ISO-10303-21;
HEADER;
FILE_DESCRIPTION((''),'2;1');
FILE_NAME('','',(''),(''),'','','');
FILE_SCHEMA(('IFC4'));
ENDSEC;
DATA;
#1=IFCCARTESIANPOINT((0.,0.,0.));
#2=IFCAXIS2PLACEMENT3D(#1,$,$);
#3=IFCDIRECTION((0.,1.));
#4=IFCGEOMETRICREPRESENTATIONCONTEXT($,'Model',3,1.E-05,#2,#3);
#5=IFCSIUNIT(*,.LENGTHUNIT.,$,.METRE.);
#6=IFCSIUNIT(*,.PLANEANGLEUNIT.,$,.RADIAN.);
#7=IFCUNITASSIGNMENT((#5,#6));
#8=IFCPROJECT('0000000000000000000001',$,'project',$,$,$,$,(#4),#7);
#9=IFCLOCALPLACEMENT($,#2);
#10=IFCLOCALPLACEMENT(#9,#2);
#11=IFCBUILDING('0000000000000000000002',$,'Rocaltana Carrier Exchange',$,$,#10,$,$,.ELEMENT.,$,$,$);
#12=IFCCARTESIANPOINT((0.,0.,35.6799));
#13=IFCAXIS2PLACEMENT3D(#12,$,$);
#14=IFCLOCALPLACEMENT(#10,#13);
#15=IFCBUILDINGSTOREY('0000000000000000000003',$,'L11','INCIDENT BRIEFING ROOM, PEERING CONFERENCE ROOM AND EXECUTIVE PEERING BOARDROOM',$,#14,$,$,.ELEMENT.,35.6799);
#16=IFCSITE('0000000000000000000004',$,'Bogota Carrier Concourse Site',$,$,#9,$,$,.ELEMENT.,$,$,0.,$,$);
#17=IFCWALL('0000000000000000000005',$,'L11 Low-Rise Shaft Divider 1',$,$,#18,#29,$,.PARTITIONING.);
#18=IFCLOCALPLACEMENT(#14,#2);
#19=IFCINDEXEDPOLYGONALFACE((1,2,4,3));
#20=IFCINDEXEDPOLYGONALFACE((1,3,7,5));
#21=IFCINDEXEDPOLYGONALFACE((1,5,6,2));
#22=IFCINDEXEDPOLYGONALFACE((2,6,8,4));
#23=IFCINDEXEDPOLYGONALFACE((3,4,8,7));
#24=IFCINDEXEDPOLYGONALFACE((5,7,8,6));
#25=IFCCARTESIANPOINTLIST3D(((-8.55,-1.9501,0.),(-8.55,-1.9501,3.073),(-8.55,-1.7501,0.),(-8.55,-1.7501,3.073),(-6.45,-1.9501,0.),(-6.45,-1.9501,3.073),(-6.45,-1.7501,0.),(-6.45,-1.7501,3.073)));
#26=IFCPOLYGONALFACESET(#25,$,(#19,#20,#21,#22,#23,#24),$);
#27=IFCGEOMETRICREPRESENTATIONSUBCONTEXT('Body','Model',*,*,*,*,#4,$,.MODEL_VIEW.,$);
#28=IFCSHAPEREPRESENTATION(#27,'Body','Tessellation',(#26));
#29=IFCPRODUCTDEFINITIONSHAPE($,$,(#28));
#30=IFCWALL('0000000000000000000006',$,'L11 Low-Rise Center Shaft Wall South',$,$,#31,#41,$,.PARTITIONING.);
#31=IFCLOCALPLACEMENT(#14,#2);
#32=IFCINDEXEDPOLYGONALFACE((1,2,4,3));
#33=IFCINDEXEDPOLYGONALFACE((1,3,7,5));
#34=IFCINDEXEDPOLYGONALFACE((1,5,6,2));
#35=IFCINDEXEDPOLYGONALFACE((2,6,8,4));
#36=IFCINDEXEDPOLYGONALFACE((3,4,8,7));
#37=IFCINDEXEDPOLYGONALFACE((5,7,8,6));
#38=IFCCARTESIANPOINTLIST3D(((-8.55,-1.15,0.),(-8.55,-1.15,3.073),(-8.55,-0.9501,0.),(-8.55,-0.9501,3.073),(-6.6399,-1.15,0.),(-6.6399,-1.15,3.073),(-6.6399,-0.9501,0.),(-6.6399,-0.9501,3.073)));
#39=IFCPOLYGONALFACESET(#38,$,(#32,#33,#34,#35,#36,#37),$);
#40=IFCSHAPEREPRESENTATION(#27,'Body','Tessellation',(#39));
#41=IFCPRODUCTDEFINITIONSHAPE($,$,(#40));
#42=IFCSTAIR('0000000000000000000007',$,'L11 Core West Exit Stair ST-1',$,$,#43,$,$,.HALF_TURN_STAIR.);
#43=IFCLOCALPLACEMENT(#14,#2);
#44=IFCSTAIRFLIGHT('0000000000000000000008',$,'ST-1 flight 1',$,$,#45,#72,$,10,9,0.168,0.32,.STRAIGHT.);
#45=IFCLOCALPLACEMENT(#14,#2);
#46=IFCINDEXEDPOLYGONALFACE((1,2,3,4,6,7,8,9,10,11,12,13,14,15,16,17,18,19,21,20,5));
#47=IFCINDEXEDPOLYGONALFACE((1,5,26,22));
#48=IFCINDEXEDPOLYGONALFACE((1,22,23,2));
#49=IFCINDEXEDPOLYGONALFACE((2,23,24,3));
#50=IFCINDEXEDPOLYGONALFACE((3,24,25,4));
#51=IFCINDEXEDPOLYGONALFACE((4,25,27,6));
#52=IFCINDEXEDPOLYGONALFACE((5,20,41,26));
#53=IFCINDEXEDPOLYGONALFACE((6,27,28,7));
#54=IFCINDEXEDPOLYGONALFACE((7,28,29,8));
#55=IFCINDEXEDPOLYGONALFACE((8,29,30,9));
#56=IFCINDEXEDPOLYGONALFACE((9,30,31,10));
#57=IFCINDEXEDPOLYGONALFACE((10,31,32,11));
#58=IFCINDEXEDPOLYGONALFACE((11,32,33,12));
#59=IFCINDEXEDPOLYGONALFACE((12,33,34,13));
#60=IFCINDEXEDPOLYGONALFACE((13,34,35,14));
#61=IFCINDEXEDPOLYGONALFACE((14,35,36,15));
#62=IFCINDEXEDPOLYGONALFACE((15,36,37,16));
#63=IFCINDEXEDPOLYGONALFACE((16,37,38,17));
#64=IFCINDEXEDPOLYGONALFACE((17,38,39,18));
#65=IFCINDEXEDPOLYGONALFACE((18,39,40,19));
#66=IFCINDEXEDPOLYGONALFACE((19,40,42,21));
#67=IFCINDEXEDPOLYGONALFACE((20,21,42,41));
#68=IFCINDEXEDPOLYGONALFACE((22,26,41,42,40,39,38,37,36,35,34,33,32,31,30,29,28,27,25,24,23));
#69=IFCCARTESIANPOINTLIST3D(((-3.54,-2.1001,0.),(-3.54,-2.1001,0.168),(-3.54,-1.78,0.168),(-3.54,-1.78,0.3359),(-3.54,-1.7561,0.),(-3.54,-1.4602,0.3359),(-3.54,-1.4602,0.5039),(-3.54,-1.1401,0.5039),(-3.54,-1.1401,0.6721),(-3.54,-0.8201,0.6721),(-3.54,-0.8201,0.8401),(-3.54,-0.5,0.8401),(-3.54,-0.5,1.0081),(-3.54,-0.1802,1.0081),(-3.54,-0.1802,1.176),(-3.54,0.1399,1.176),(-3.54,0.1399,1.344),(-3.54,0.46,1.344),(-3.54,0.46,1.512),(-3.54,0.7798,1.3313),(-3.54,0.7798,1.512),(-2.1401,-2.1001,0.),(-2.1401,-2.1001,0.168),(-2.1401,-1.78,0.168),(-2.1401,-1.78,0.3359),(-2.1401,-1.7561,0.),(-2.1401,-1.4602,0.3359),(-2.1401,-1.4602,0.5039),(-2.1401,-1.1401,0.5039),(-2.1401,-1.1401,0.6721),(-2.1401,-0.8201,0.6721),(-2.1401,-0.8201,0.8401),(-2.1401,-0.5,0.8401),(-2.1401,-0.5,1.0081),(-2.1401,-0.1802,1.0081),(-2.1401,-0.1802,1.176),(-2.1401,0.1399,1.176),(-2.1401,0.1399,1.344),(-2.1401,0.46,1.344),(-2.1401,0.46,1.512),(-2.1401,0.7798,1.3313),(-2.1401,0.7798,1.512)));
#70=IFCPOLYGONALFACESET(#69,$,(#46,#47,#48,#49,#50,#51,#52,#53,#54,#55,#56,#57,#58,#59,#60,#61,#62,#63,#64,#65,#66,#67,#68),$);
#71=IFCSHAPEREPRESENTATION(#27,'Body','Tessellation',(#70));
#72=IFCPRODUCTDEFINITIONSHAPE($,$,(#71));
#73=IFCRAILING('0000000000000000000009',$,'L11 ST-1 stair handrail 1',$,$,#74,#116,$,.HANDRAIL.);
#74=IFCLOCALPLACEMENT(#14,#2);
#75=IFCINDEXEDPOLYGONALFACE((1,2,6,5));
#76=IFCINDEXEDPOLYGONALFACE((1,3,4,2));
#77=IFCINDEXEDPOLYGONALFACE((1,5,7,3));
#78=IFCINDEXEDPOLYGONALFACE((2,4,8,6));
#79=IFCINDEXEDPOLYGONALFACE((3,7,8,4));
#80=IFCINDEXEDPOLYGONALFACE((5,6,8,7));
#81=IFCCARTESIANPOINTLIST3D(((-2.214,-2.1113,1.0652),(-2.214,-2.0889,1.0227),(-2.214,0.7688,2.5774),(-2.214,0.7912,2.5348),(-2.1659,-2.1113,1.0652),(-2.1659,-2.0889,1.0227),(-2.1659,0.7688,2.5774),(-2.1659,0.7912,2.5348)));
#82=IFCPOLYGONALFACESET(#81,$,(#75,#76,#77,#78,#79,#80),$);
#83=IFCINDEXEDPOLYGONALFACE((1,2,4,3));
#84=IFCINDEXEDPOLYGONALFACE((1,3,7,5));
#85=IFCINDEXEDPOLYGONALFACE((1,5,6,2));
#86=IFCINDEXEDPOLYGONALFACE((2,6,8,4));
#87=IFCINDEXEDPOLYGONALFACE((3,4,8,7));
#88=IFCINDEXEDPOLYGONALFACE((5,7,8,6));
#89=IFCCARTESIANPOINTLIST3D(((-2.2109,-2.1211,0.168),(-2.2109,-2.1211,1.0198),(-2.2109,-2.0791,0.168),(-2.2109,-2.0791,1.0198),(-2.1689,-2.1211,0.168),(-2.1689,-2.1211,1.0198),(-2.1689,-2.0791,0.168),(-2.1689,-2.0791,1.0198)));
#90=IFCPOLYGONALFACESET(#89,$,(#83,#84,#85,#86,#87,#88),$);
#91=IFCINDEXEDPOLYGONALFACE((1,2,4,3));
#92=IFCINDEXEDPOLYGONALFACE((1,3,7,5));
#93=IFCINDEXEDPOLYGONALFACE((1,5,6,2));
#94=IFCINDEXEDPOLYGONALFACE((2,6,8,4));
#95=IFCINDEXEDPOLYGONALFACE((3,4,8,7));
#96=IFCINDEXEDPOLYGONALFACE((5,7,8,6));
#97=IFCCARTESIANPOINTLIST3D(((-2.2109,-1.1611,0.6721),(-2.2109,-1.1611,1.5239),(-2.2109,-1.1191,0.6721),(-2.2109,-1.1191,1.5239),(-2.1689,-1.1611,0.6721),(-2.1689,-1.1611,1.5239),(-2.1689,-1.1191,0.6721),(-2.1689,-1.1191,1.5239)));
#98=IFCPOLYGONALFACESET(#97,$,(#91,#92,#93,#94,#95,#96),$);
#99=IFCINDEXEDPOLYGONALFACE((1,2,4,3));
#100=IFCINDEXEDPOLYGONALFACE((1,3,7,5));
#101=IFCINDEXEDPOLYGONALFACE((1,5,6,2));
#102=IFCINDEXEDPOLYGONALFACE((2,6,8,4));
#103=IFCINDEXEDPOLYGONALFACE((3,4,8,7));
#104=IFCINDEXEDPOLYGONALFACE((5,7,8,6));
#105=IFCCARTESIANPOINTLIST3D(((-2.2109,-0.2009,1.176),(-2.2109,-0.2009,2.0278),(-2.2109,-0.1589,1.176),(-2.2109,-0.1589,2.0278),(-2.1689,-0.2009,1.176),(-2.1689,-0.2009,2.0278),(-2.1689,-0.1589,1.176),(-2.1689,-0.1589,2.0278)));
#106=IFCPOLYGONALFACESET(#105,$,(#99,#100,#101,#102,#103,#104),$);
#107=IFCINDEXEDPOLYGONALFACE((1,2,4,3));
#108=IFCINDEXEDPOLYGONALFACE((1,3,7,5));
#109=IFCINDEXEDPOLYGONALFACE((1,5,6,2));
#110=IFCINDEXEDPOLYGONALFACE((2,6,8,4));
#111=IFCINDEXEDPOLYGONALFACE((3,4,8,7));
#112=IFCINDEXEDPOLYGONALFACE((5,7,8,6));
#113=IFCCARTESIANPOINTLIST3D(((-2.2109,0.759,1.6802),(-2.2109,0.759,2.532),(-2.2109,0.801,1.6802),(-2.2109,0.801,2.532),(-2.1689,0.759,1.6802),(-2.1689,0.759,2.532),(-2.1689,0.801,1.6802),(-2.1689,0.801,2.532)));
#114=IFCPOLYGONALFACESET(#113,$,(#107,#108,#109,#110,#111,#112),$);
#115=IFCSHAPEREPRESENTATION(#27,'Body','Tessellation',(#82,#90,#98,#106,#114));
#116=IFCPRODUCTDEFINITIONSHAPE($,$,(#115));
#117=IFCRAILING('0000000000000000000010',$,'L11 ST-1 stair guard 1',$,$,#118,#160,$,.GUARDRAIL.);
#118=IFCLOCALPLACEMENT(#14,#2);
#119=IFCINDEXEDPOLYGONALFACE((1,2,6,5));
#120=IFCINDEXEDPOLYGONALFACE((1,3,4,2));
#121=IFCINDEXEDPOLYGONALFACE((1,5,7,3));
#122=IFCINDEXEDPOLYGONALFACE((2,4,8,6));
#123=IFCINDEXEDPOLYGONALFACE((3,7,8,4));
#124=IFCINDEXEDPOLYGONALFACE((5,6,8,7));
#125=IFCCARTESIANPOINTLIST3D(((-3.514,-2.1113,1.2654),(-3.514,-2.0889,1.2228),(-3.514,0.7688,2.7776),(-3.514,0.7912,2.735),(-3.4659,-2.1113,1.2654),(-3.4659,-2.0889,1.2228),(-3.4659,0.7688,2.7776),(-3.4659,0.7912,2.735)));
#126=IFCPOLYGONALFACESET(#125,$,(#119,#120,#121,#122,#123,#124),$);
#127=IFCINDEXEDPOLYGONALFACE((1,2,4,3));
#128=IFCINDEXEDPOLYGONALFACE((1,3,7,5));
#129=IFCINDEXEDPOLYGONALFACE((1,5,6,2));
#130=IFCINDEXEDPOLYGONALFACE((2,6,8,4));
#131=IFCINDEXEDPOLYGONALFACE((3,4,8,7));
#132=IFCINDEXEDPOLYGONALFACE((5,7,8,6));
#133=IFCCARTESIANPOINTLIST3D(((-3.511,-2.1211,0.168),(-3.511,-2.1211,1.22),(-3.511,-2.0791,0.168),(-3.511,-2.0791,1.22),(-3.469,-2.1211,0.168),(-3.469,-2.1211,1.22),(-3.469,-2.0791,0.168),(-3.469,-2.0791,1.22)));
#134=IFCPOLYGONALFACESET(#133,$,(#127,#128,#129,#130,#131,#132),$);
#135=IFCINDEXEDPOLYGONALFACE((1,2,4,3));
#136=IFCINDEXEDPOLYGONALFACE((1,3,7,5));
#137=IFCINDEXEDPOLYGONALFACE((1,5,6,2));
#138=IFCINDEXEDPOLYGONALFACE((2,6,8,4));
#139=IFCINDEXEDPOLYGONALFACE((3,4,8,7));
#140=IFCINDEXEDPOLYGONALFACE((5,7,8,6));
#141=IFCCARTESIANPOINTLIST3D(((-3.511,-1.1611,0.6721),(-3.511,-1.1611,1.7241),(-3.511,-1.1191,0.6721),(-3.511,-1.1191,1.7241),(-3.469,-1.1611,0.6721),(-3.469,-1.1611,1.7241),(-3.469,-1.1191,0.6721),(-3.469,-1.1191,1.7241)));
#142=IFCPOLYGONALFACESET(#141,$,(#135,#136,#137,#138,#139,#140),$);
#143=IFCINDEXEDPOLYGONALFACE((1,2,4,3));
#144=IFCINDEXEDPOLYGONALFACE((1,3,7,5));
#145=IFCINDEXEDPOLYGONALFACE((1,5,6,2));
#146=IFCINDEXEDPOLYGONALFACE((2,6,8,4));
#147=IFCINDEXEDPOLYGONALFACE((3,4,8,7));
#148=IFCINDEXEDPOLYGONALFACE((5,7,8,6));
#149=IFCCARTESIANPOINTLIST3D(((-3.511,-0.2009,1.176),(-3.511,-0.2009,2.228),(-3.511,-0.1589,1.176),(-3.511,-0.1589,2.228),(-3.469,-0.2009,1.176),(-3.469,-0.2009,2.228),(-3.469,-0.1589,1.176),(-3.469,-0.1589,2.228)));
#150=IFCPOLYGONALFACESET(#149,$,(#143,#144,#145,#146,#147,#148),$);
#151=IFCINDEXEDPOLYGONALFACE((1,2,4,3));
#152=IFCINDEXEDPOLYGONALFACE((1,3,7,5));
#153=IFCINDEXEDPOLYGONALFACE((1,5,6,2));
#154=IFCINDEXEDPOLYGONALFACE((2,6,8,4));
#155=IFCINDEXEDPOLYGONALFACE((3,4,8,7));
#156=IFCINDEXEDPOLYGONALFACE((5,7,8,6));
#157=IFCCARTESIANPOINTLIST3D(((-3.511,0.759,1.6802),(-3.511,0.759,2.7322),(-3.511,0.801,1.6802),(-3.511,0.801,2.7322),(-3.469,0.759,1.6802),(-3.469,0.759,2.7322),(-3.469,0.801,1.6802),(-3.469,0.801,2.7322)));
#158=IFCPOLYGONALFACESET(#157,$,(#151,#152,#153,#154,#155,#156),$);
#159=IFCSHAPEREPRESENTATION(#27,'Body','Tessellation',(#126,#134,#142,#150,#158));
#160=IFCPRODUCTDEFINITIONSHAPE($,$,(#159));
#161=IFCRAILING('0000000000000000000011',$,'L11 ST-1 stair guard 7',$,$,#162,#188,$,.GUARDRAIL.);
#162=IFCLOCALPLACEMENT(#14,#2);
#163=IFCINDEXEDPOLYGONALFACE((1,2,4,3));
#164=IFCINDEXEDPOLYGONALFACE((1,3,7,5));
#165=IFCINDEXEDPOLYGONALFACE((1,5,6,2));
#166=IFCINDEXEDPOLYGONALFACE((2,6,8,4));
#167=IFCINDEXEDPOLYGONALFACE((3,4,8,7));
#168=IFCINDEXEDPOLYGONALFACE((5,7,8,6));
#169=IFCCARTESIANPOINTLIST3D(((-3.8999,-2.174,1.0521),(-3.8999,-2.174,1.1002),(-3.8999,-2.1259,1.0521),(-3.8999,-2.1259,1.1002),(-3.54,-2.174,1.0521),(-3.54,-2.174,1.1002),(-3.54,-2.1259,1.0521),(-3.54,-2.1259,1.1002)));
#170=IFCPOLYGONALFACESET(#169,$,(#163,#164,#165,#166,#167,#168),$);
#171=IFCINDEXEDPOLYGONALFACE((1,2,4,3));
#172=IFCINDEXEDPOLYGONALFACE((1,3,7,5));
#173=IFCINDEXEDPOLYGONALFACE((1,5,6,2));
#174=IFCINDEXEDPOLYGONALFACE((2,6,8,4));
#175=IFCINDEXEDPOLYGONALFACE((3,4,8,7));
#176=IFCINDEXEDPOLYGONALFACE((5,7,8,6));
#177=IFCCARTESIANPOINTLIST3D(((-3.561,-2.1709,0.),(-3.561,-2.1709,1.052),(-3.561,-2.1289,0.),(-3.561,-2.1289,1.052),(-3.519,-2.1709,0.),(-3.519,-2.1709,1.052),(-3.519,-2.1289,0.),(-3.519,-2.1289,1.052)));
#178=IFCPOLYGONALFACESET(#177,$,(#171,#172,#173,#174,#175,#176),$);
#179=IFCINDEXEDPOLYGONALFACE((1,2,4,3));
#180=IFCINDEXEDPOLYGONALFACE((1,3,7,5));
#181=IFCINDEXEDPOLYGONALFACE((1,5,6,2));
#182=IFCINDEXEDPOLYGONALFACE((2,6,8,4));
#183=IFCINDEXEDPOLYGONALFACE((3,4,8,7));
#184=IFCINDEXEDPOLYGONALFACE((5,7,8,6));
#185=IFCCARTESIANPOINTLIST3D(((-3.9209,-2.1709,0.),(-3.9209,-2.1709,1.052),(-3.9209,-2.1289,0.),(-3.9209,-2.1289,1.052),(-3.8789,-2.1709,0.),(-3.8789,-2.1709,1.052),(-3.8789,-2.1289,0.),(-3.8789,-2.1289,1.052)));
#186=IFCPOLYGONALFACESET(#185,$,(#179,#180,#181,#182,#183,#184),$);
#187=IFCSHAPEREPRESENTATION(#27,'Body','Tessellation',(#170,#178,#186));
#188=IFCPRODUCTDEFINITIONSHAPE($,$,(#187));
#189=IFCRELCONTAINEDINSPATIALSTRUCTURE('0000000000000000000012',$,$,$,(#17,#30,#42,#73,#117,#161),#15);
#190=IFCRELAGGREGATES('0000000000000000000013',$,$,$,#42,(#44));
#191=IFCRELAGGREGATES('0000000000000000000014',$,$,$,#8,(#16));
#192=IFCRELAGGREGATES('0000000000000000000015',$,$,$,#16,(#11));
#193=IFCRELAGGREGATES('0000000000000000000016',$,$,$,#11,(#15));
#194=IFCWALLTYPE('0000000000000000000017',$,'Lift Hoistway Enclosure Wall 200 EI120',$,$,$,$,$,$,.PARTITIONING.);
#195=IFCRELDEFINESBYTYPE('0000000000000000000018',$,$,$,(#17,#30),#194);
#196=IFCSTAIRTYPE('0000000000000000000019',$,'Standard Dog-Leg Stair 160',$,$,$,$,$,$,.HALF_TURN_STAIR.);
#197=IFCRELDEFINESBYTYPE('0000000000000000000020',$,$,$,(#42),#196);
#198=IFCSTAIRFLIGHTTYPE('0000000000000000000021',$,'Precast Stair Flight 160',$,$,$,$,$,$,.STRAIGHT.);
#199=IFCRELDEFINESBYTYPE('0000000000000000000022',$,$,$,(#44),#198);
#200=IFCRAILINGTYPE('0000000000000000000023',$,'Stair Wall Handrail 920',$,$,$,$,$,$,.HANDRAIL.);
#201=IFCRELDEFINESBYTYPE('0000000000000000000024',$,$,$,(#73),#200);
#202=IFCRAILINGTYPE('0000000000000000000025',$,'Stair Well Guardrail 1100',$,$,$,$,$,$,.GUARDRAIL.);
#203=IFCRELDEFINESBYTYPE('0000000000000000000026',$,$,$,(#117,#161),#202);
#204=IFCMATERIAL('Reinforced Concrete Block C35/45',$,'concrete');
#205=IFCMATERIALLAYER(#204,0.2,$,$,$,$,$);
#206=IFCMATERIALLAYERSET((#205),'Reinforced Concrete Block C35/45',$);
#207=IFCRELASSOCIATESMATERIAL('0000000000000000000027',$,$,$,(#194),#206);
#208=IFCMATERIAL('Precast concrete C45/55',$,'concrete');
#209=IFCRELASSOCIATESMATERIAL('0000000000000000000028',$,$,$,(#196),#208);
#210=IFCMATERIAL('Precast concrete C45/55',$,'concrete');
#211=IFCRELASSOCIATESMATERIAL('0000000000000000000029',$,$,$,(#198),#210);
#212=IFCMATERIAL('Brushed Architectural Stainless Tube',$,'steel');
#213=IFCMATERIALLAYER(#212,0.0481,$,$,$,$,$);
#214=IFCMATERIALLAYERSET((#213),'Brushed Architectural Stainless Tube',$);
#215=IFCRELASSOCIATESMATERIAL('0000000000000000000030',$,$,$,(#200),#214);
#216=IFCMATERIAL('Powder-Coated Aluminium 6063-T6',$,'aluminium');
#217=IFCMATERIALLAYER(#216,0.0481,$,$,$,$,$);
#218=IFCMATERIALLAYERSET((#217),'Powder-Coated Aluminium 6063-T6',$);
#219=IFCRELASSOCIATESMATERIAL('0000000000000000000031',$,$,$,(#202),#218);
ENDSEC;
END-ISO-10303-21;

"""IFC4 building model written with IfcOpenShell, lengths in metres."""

from ifc_helpers import new_model, si_unit, direction, frame, frame_2d, origin, origin_2d, place, context, subcontext, project, spatial, polyline, rectangle, outline, extrude, material, layer, layer_set, type_object, element, aggregate, save


model = new_model("IFC4")

# Units and contexts
model_context = context("Model", 3, precision=1e-05, world=origin(), true_north=direction((0.0, 1.0)))
body_context = subcontext(model_context, "Body", "Model", "MODEL_VIEW")
ifc_project = project(units=[si_unit("LENGTHUNIT", "METRE"), si_unit("PLANEANGLEUNIT", "RADIAN")], contexts=[model_context])

# Site, building, storey
site_placement = place(None, origin())
site = spatial("IfcSite", under=ifc_project, at=site_placement, Name="Bogota Carrier Concourse Site", CompositionType="ELEMENT", RefElevation=0.0)
building_placement = place(site_placement, origin())
building = spatial("IfcBuilding", under=site, at=building_placement, Name="Rocaltana Carrier Exchange", CompositionType="ELEMENT")
storey_placement = place(building_placement, frame((0.0, 0.0, 35.6799)))
storey = spatial("IfcBuildingStorey", under=building, at=storey_placement, Name="L11", Description="INCIDENT BRIEFING ROOM, PEERING CONFERENCE ROOM AND EXECUTIVE PEERING BOARDROOM", CompositionType="ELEMENT", Elevation=35.6799)

# Walls
ifc_material_1 = material(Name="Reinforced Concrete Block C35/45", Category="concrete")
ifc_layer_1 = layer(ifc_material_1, 0.2)
ifc_layer_set_1 = layer_set([ifc_layer_1], Name="Reinforced Concrete Block C35/45")
wall_type_1 = type_object("IfcWallType", Name="Lift Hoistway Enclosure Wall 200 EI120", PredefinedType="PARTITIONING", material=ifc_layer_set_1)
wall_1_placement = place(storey_placement, frame((-8.55, -1.8501, 0.0), z_axis=(0.0, 0.0, 1.0), x_axis=(1.0, 0.0, 0.0)))
element("IfcWall", 1, at=wall_1_placement, inside=storey, type_object=wall_type_1, Name="L11 Low-Rise Shaft Divider 1", PredefinedType="PARTITIONING", context=body_context, shape_type="SweptSolid", body=[
    extrude(rectangle(XDim=2.1001, YDim=0.2, at=frame_2d((1.05, 0.0))), origin(), (0.0, 0.0, 1.0), 3.073),
])
wall_2_placement = place(storey_placement, frame((-8.55, -1.05, 0.0), z_axis=(0.0, 0.0, 1.0), x_axis=(1.0, 0.0, 0.0)))
element("IfcWall", 2, at=wall_2_placement, inside=storey, type_object=wall_type_1, Name="L11 Low-Rise Center Shaft Wall South", PredefinedType="PARTITIONING", context=body_context, shape_type="SweptSolid", body=[
    extrude(rectangle(XDim=1.9102, YDim=0.2, at=frame_2d((0.9551, 0.0))), origin(), (0.0, 0.0, 1.0), 3.073),
])

# Stair, stair flight
ifc_material_2 = material(Name="Precast concrete C45/55", Category="concrete")
stair_type = type_object("IfcStairType", Name="Standard Dog-Leg Stair 160", PredefinedType="HALF_TURN_STAIR", material=ifc_material_2)
stair_placement = place(storey_placement, origin())
stair = element("IfcStair", 3, at=stair_placement, inside=storey, type_object=stair_type, Name="L11 Core West Exit Stair ST-1", PredefinedType="HALF_TURN_STAIR")
ifc_material_3 = material(Name="Precast concrete C45/55", Category="concrete")
stair_flight_type = type_object("IfcStairFlightType", Name="Precast Stair Flight 160", PredefinedType="STRAIGHT", material=ifc_material_3)
stair_flight_placement = place(storey_placement, frame((-2.8401, -2.1001, 0.0), z_axis=(0.0, 0.0, 1.0), x_axis=(0.0, 1.0, 0.0)))
stair_flight = element("IfcStairFlight", 4, at=stair_flight_placement, type_object=stair_flight_type, Name="ST-1 flight 1", NumberOfRisers=10, NumberOfTreads=9, PredefinedType="STRAIGHT", RiserHeight=0.168, TreadLength=0.32, context=body_context, shape_type="SweptSolid", body=[
    extrude(outline(polyline([(0.0, 0.0), (0.0, 0.168), (0.3201, 0.168), (0.3201, 0.3359), (0.6399, 0.3359), (0.6399, 0.5039), (0.96, 0.5039), (0.96, 0.6721), (1.28, 0.6721), (1.28, 0.8401), (1.6001, 0.8401), (1.6001, 1.0081), (1.9199, 1.0081), (1.9199, 1.176), (2.24, 1.176), (2.24, 1.344), (2.5601, 1.344), (2.5601, 1.512), (2.8799, 1.512), (2.8799, 1.6799), (2.8799, 1.3313), (0.344, 0.0), (0.0, 0.0)])), frame((0.0, 0.7, 0.0), z_axis=(0.0, -1.0, 0.0), x_axis=(1.0, 0.0, 0.0)), (0.0, 0.0, 1.0), 1.3999),
])
aggregate(stair, [stair_flight])

# Railings
ifc_material_4 = material(Name="Brushed Architectural Stainless Tube", Category="steel")
ifc_layer_2 = layer(ifc_material_4, 0.0481)
ifc_layer_set_2 = layer_set([ifc_layer_2], Name="Brushed Architectural Stainless Tube")
railing_type_1 = type_object("IfcRailingType", Name="Stair Wall Handrail 920", PredefinedType="HANDRAIL", material=ifc_layer_set_2)
railing_1_placement = place(storey_placement, frame((-2.1899, -2.1001, 0.168)))
element("IfcRailing", 5, at=railing_1_placement, inside=storey, type_object=railing_type_1, Name="L11 ST-1 stair handrail 1", PredefinedType="HANDRAIL", context=body_context, shape_type="SweptSolid", body=[
    extrude(rectangle(XDim=0.0481, YDim=0.0481, at=origin_2d()), frame((0.0, 0.0, 0.876), z_axis=(0.0, 0.88538, 0.464868), x_axis=(-1.0, 0.0, 0.0)), (0.0, 0.0, 1.0), 3.2529),
    extrude(rectangle(XDim=0.042, YDim=0.042, at=origin_2d()), origin(), (0.0, 0.0, 1.0), 0.8518),
    extrude(rectangle(XDim=0.042, YDim=0.042, at=origin_2d()), frame((0.0, 0.96, 0.5042)), (0.0, 0.0, 1.0), 0.8518),
    extrude(rectangle(XDim=0.042, YDim=0.042, at=origin_2d()), frame((0.0, 1.9202, 1.0081)), (0.0, 0.0, 1.0), 0.8518),
    extrude(rectangle(XDim=0.042, YDim=0.042, at=origin_2d()), frame((0.0, 2.8801, 1.5122)), (0.0, 0.0, 1.0), 0.8518),
])
ifc_material_5 = material(Name="Powder-Coated Aluminium 6063-T6", Category="aluminium")
ifc_layer_3 = layer(ifc_material_5, 0.0481)
ifc_layer_set_3 = layer_set([ifc_layer_3], Name="Powder-Coated Aluminium 6063-T6")
railing_type_2 = type_object("IfcRailingType", Name="Stair Well Guardrail 1100", PredefinedType="GUARDRAIL", material=ifc_layer_set_3)
railing_2_placement = place(storey_placement, frame((-3.49, -2.1001, 0.168)))
element("IfcRailing", 6, at=railing_2_placement, inside=storey, type_object=railing_type_2, Name="L11 ST-1 stair guard 1", PredefinedType="GUARDRAIL", context=body_context, shape_type="SweptSolid", body=[
    extrude(rectangle(XDim=0.0481, YDim=0.0481, at=origin_2d()), frame((0.0, 0.0, 1.0762), z_axis=(0.0, 0.88538, 0.464868), x_axis=(-1.0, 0.0, 0.0)), (0.0, 0.0, 1.0), 3.2529),
    extrude(rectangle(XDim=0.042, YDim=0.042, at=origin_2d()), origin(), (0.0, 0.0, 1.0), 1.052),
    extrude(rectangle(XDim=0.042, YDim=0.042, at=origin_2d()), frame((0.0, 0.96, 0.5042)), (0.0, 0.0, 1.0), 1.052),
    extrude(rectangle(XDim=0.042, YDim=0.042, at=origin_2d()), frame((0.0, 1.9202, 1.0081)), (0.0, 0.0, 1.0), 1.052),
    extrude(rectangle(XDim=0.042, YDim=0.042, at=origin_2d()), frame((0.0, 2.8801, 1.5122)), (0.0, 0.0, 1.0), 1.052),
])
railing_3_placement = place(storey_placement, frame((-3.54, -2.1499, 0.0)))
element("IfcRailing", 7, at=railing_3_placement, inside=storey, type_object=railing_type_2, Name="L11 ST-1 stair guard 7", PredefinedType="GUARDRAIL", context=body_context, shape_type="SweptSolid", body=[
    extrude(rectangle(XDim=0.0481, YDim=0.0481, at=origin_2d()), frame((0.0, 0.0, 1.0762), z_axis=(-1.0, 0.0, 0.0), x_axis=(0.0, -1.0, 0.0)), (0.0, 0.0, 1.0), 0.3599),
    extrude(rectangle(XDim=0.042, YDim=0.042, at=origin_2d()), origin(), (0.0, 0.0, 1.0), 1.052),
    extrude(rectangle(XDim=0.042, YDim=0.042, at=origin_2d()), frame((-0.3599, 0.0, 0.0)), (0.0, 0.0, 1.0), 1.052),
])

save(model, "model.ifc")
